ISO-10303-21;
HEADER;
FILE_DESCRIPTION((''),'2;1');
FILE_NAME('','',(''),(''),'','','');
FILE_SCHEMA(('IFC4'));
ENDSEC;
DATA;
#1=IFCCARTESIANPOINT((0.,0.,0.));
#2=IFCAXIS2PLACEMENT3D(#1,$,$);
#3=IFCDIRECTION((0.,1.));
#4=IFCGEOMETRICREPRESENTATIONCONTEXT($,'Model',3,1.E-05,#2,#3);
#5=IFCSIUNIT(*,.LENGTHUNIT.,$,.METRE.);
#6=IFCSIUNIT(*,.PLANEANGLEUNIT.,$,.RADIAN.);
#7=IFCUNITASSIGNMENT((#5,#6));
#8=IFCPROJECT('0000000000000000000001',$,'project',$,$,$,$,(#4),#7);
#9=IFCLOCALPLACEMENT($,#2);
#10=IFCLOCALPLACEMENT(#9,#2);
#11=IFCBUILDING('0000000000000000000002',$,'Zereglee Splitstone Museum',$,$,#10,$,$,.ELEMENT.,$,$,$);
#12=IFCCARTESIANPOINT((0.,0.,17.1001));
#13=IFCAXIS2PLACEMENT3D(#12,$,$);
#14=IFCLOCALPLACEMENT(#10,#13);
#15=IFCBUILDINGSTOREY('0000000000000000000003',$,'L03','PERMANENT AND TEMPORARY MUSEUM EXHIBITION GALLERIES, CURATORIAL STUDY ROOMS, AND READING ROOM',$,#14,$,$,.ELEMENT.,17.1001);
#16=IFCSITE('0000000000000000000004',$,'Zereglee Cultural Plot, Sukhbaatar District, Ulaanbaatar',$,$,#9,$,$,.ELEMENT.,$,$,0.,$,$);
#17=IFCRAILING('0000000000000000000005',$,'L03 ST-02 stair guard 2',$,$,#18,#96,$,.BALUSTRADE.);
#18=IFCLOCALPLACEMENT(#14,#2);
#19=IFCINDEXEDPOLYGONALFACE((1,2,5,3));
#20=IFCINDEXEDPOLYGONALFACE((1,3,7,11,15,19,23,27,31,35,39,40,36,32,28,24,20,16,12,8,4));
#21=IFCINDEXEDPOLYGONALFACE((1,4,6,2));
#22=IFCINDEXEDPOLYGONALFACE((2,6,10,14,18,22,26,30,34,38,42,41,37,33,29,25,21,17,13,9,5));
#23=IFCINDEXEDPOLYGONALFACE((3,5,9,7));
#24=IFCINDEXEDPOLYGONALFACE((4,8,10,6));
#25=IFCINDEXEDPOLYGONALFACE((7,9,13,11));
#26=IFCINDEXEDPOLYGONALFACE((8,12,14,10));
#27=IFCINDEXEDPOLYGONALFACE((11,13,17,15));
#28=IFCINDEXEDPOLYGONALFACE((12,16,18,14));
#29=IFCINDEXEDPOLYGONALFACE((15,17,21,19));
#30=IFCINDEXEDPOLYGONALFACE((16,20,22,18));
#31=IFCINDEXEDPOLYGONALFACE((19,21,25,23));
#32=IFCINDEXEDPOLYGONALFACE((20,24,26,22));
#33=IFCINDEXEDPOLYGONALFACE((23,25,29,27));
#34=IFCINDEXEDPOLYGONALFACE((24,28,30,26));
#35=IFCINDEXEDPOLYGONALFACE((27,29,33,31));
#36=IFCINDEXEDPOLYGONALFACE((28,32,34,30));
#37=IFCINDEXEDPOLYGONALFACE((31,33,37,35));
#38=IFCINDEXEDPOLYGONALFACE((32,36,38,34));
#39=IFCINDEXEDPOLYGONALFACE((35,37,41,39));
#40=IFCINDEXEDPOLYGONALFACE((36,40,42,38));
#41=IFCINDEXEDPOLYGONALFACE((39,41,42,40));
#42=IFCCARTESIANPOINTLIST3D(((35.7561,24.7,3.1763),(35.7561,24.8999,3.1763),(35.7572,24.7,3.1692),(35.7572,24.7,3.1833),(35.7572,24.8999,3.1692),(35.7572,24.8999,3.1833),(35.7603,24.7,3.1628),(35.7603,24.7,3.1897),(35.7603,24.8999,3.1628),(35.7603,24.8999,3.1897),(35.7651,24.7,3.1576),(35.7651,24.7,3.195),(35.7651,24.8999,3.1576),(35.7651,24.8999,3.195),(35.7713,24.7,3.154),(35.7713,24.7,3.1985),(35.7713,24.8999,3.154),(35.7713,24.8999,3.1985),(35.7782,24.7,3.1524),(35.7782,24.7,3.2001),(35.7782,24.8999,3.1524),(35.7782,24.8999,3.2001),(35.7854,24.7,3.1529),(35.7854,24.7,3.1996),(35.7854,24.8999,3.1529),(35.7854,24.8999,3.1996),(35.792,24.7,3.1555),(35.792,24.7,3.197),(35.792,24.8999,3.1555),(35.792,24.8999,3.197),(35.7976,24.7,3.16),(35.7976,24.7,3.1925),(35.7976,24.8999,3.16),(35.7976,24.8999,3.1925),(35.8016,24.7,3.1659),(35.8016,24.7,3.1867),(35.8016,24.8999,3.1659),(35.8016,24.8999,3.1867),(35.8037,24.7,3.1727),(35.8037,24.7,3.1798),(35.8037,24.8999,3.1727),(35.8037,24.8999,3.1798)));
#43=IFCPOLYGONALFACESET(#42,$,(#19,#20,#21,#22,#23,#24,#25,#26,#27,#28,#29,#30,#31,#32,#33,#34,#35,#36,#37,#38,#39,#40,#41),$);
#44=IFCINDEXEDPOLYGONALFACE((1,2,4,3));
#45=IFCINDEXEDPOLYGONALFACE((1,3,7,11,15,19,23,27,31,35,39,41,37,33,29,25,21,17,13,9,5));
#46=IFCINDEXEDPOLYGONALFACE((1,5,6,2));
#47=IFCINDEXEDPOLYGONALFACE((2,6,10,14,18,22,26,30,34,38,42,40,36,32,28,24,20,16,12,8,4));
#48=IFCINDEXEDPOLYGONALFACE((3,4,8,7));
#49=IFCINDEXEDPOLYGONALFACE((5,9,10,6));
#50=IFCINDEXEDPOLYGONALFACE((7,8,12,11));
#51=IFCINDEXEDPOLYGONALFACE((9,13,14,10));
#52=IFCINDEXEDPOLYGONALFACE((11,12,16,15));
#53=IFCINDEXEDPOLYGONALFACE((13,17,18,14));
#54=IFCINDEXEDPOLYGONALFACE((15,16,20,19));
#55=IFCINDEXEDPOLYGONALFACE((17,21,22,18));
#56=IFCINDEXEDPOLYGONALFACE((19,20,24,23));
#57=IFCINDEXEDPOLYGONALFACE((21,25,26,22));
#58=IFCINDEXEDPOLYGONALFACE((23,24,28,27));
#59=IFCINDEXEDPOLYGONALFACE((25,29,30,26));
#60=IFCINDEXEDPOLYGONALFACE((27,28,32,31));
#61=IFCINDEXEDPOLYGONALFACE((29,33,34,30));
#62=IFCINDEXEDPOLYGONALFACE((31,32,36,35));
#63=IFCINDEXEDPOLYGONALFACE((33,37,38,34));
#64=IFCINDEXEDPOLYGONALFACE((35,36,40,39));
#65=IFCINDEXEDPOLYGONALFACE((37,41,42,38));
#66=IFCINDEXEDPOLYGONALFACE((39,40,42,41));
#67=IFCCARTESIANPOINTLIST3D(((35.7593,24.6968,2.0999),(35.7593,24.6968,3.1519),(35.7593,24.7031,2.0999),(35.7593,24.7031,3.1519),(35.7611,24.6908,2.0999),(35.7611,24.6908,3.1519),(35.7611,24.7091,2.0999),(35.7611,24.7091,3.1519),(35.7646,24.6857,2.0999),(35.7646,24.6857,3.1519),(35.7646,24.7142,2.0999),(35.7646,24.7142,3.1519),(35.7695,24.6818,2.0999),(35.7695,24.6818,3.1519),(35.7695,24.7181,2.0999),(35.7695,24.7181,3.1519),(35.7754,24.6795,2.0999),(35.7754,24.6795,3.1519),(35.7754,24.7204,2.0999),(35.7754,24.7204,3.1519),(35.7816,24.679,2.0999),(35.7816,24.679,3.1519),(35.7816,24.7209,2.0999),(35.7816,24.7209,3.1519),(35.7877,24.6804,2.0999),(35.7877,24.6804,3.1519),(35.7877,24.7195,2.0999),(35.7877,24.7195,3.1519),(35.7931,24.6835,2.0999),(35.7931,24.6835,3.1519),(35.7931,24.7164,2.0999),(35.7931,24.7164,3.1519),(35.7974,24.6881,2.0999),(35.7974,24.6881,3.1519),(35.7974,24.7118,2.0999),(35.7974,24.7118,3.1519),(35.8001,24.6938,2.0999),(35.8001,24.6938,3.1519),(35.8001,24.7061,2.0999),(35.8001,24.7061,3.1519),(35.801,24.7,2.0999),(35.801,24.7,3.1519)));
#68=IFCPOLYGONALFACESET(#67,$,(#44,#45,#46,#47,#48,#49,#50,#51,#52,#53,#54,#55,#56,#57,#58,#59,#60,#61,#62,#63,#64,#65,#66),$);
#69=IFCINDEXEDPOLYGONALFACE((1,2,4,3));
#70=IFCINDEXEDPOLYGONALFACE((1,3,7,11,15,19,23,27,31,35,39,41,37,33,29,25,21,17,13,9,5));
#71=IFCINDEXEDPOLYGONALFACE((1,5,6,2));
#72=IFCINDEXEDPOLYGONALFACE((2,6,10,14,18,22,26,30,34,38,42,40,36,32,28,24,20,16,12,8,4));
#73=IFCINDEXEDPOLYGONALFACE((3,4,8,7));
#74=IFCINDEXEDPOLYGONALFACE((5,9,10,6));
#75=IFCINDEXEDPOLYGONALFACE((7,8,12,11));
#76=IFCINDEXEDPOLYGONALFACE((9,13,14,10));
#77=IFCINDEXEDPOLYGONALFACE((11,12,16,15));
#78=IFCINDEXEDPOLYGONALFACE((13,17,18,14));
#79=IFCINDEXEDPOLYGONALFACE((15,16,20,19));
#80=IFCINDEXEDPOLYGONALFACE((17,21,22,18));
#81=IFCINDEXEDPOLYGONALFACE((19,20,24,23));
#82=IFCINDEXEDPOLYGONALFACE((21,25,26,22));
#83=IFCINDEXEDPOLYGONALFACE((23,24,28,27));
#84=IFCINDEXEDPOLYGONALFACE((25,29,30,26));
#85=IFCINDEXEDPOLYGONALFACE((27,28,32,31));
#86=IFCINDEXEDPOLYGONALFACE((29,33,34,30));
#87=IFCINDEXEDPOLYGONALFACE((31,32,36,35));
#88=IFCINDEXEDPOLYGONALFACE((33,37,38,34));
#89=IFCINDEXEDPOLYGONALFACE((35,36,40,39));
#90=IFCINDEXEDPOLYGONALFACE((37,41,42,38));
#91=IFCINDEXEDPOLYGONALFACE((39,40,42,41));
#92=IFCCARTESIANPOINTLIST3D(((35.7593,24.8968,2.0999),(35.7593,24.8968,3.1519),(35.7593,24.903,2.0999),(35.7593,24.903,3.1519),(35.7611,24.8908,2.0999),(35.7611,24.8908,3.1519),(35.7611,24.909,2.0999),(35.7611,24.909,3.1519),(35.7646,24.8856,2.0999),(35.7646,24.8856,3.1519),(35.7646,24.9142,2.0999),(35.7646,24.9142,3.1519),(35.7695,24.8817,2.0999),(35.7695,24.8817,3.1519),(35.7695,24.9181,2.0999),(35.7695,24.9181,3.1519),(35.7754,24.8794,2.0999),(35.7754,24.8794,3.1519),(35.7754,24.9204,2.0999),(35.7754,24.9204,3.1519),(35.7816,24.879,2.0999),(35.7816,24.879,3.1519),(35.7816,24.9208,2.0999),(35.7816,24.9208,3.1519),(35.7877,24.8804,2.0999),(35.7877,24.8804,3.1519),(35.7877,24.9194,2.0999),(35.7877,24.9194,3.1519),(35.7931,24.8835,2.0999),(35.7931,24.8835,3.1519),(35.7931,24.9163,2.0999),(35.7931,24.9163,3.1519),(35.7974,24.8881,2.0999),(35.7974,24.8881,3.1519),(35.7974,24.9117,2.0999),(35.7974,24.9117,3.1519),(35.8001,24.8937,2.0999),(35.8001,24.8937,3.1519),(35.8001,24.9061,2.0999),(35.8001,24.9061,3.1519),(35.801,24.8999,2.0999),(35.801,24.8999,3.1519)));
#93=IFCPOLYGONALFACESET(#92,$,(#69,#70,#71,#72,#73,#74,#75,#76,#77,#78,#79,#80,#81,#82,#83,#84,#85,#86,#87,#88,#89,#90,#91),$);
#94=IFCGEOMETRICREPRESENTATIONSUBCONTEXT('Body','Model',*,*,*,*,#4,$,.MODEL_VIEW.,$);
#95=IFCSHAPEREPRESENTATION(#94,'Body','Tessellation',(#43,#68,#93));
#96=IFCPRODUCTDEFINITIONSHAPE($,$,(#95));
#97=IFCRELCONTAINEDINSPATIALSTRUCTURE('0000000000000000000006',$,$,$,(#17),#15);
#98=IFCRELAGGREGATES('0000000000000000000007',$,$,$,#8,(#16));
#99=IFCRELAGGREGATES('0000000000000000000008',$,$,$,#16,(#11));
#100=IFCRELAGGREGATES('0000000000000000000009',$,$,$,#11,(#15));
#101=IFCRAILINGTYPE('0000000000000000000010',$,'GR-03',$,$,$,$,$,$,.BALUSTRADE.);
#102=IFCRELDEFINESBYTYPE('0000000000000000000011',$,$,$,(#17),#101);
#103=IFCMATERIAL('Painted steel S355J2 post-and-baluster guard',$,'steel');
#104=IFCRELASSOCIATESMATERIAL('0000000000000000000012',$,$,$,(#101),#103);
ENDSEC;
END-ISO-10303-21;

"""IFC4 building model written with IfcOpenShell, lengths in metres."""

from ifc_helpers import new_model, si_unit, direction, frame, origin, origin_2d, place, context, subcontext, project, spatial, circle, extrude, material, type_object, element, save


model = new_model("IFC4")

# Units and contexts
model_context = context("Model", 3, precision=1e-05, world=origin(), true_north=direction((0.0, 1.0)))
body_context = subcontext(model_context, "Body", "Model", "MODEL_VIEW")
ifc_project = project(units=[si_unit("LENGTHUNIT", "METRE"), si_unit("PLANEANGLEUNIT", "RADIAN")], contexts=[model_context])

# Site, building, storey
site_placement = place(None, origin())
site = spatial("IfcSite", under=ifc_project, at=site_placement, Name="Zereglee Cultural Plot, Sukhbaatar District, Ulaanbaatar", CompositionType="ELEMENT", RefElevation=0.0)
building_placement = place(site_placement, origin())
building = spatial("IfcBuilding", under=site, at=building_placement, Name="Zereglee Splitstone Museum", CompositionType="ELEMENT")
storey_placement = place(building_placement, frame((0.0, 0.0, 17.1001)))
storey = spatial("IfcBuildingStorey", under=building, at=storey_placement, Name="L03", Description="PERMANENT AND TEMPORARY MUSEUM EXHIBITION GALLERIES, CURATORIAL STUDY ROOMS, AND READING ROOM", CompositionType="ELEMENT", Elevation=17.1001)

# Railing
ifc_material_1 = material(Name="Painted steel S355J2 post-and-baluster guard", Category="steel")
railing_type_1 = type_object("IfcRailingType", Name="GR-03", PredefinedType="BALUSTRADE", material=ifc_material_1)
railing_1_placement = place(storey_placement, frame((35.78, 24.7, 2.0999)))
element("IfcRailing", 1, at=railing_1_placement, inside=storey, type_object=railing_type_1, Name="L03 ST-02 stair guard 2", PredefinedType="BALUSTRADE", context=body_context, shape_type="SweptSolid", body=[
    extrude(circle(Radius=0.0239, at=origin_2d()), frame((0.0, 0.0, 1.0764), z_axis=(0.0, 1.0, 0.0), x_axis=(-1.0, 0.0, 0.0)), (0.0, 0.0, 1.0), 0.2),
    extrude(circle(Radius=0.021, at=origin_2d()), origin(), (0.0, 0.0, 1.0), 1.052),
    extrude(circle(Radius=0.021, at=origin_2d()), frame((0.0, 0.2, 0.0)), (0.0, 0.0, 1.0), 1.052),
])

save(model, "model.ifc")
